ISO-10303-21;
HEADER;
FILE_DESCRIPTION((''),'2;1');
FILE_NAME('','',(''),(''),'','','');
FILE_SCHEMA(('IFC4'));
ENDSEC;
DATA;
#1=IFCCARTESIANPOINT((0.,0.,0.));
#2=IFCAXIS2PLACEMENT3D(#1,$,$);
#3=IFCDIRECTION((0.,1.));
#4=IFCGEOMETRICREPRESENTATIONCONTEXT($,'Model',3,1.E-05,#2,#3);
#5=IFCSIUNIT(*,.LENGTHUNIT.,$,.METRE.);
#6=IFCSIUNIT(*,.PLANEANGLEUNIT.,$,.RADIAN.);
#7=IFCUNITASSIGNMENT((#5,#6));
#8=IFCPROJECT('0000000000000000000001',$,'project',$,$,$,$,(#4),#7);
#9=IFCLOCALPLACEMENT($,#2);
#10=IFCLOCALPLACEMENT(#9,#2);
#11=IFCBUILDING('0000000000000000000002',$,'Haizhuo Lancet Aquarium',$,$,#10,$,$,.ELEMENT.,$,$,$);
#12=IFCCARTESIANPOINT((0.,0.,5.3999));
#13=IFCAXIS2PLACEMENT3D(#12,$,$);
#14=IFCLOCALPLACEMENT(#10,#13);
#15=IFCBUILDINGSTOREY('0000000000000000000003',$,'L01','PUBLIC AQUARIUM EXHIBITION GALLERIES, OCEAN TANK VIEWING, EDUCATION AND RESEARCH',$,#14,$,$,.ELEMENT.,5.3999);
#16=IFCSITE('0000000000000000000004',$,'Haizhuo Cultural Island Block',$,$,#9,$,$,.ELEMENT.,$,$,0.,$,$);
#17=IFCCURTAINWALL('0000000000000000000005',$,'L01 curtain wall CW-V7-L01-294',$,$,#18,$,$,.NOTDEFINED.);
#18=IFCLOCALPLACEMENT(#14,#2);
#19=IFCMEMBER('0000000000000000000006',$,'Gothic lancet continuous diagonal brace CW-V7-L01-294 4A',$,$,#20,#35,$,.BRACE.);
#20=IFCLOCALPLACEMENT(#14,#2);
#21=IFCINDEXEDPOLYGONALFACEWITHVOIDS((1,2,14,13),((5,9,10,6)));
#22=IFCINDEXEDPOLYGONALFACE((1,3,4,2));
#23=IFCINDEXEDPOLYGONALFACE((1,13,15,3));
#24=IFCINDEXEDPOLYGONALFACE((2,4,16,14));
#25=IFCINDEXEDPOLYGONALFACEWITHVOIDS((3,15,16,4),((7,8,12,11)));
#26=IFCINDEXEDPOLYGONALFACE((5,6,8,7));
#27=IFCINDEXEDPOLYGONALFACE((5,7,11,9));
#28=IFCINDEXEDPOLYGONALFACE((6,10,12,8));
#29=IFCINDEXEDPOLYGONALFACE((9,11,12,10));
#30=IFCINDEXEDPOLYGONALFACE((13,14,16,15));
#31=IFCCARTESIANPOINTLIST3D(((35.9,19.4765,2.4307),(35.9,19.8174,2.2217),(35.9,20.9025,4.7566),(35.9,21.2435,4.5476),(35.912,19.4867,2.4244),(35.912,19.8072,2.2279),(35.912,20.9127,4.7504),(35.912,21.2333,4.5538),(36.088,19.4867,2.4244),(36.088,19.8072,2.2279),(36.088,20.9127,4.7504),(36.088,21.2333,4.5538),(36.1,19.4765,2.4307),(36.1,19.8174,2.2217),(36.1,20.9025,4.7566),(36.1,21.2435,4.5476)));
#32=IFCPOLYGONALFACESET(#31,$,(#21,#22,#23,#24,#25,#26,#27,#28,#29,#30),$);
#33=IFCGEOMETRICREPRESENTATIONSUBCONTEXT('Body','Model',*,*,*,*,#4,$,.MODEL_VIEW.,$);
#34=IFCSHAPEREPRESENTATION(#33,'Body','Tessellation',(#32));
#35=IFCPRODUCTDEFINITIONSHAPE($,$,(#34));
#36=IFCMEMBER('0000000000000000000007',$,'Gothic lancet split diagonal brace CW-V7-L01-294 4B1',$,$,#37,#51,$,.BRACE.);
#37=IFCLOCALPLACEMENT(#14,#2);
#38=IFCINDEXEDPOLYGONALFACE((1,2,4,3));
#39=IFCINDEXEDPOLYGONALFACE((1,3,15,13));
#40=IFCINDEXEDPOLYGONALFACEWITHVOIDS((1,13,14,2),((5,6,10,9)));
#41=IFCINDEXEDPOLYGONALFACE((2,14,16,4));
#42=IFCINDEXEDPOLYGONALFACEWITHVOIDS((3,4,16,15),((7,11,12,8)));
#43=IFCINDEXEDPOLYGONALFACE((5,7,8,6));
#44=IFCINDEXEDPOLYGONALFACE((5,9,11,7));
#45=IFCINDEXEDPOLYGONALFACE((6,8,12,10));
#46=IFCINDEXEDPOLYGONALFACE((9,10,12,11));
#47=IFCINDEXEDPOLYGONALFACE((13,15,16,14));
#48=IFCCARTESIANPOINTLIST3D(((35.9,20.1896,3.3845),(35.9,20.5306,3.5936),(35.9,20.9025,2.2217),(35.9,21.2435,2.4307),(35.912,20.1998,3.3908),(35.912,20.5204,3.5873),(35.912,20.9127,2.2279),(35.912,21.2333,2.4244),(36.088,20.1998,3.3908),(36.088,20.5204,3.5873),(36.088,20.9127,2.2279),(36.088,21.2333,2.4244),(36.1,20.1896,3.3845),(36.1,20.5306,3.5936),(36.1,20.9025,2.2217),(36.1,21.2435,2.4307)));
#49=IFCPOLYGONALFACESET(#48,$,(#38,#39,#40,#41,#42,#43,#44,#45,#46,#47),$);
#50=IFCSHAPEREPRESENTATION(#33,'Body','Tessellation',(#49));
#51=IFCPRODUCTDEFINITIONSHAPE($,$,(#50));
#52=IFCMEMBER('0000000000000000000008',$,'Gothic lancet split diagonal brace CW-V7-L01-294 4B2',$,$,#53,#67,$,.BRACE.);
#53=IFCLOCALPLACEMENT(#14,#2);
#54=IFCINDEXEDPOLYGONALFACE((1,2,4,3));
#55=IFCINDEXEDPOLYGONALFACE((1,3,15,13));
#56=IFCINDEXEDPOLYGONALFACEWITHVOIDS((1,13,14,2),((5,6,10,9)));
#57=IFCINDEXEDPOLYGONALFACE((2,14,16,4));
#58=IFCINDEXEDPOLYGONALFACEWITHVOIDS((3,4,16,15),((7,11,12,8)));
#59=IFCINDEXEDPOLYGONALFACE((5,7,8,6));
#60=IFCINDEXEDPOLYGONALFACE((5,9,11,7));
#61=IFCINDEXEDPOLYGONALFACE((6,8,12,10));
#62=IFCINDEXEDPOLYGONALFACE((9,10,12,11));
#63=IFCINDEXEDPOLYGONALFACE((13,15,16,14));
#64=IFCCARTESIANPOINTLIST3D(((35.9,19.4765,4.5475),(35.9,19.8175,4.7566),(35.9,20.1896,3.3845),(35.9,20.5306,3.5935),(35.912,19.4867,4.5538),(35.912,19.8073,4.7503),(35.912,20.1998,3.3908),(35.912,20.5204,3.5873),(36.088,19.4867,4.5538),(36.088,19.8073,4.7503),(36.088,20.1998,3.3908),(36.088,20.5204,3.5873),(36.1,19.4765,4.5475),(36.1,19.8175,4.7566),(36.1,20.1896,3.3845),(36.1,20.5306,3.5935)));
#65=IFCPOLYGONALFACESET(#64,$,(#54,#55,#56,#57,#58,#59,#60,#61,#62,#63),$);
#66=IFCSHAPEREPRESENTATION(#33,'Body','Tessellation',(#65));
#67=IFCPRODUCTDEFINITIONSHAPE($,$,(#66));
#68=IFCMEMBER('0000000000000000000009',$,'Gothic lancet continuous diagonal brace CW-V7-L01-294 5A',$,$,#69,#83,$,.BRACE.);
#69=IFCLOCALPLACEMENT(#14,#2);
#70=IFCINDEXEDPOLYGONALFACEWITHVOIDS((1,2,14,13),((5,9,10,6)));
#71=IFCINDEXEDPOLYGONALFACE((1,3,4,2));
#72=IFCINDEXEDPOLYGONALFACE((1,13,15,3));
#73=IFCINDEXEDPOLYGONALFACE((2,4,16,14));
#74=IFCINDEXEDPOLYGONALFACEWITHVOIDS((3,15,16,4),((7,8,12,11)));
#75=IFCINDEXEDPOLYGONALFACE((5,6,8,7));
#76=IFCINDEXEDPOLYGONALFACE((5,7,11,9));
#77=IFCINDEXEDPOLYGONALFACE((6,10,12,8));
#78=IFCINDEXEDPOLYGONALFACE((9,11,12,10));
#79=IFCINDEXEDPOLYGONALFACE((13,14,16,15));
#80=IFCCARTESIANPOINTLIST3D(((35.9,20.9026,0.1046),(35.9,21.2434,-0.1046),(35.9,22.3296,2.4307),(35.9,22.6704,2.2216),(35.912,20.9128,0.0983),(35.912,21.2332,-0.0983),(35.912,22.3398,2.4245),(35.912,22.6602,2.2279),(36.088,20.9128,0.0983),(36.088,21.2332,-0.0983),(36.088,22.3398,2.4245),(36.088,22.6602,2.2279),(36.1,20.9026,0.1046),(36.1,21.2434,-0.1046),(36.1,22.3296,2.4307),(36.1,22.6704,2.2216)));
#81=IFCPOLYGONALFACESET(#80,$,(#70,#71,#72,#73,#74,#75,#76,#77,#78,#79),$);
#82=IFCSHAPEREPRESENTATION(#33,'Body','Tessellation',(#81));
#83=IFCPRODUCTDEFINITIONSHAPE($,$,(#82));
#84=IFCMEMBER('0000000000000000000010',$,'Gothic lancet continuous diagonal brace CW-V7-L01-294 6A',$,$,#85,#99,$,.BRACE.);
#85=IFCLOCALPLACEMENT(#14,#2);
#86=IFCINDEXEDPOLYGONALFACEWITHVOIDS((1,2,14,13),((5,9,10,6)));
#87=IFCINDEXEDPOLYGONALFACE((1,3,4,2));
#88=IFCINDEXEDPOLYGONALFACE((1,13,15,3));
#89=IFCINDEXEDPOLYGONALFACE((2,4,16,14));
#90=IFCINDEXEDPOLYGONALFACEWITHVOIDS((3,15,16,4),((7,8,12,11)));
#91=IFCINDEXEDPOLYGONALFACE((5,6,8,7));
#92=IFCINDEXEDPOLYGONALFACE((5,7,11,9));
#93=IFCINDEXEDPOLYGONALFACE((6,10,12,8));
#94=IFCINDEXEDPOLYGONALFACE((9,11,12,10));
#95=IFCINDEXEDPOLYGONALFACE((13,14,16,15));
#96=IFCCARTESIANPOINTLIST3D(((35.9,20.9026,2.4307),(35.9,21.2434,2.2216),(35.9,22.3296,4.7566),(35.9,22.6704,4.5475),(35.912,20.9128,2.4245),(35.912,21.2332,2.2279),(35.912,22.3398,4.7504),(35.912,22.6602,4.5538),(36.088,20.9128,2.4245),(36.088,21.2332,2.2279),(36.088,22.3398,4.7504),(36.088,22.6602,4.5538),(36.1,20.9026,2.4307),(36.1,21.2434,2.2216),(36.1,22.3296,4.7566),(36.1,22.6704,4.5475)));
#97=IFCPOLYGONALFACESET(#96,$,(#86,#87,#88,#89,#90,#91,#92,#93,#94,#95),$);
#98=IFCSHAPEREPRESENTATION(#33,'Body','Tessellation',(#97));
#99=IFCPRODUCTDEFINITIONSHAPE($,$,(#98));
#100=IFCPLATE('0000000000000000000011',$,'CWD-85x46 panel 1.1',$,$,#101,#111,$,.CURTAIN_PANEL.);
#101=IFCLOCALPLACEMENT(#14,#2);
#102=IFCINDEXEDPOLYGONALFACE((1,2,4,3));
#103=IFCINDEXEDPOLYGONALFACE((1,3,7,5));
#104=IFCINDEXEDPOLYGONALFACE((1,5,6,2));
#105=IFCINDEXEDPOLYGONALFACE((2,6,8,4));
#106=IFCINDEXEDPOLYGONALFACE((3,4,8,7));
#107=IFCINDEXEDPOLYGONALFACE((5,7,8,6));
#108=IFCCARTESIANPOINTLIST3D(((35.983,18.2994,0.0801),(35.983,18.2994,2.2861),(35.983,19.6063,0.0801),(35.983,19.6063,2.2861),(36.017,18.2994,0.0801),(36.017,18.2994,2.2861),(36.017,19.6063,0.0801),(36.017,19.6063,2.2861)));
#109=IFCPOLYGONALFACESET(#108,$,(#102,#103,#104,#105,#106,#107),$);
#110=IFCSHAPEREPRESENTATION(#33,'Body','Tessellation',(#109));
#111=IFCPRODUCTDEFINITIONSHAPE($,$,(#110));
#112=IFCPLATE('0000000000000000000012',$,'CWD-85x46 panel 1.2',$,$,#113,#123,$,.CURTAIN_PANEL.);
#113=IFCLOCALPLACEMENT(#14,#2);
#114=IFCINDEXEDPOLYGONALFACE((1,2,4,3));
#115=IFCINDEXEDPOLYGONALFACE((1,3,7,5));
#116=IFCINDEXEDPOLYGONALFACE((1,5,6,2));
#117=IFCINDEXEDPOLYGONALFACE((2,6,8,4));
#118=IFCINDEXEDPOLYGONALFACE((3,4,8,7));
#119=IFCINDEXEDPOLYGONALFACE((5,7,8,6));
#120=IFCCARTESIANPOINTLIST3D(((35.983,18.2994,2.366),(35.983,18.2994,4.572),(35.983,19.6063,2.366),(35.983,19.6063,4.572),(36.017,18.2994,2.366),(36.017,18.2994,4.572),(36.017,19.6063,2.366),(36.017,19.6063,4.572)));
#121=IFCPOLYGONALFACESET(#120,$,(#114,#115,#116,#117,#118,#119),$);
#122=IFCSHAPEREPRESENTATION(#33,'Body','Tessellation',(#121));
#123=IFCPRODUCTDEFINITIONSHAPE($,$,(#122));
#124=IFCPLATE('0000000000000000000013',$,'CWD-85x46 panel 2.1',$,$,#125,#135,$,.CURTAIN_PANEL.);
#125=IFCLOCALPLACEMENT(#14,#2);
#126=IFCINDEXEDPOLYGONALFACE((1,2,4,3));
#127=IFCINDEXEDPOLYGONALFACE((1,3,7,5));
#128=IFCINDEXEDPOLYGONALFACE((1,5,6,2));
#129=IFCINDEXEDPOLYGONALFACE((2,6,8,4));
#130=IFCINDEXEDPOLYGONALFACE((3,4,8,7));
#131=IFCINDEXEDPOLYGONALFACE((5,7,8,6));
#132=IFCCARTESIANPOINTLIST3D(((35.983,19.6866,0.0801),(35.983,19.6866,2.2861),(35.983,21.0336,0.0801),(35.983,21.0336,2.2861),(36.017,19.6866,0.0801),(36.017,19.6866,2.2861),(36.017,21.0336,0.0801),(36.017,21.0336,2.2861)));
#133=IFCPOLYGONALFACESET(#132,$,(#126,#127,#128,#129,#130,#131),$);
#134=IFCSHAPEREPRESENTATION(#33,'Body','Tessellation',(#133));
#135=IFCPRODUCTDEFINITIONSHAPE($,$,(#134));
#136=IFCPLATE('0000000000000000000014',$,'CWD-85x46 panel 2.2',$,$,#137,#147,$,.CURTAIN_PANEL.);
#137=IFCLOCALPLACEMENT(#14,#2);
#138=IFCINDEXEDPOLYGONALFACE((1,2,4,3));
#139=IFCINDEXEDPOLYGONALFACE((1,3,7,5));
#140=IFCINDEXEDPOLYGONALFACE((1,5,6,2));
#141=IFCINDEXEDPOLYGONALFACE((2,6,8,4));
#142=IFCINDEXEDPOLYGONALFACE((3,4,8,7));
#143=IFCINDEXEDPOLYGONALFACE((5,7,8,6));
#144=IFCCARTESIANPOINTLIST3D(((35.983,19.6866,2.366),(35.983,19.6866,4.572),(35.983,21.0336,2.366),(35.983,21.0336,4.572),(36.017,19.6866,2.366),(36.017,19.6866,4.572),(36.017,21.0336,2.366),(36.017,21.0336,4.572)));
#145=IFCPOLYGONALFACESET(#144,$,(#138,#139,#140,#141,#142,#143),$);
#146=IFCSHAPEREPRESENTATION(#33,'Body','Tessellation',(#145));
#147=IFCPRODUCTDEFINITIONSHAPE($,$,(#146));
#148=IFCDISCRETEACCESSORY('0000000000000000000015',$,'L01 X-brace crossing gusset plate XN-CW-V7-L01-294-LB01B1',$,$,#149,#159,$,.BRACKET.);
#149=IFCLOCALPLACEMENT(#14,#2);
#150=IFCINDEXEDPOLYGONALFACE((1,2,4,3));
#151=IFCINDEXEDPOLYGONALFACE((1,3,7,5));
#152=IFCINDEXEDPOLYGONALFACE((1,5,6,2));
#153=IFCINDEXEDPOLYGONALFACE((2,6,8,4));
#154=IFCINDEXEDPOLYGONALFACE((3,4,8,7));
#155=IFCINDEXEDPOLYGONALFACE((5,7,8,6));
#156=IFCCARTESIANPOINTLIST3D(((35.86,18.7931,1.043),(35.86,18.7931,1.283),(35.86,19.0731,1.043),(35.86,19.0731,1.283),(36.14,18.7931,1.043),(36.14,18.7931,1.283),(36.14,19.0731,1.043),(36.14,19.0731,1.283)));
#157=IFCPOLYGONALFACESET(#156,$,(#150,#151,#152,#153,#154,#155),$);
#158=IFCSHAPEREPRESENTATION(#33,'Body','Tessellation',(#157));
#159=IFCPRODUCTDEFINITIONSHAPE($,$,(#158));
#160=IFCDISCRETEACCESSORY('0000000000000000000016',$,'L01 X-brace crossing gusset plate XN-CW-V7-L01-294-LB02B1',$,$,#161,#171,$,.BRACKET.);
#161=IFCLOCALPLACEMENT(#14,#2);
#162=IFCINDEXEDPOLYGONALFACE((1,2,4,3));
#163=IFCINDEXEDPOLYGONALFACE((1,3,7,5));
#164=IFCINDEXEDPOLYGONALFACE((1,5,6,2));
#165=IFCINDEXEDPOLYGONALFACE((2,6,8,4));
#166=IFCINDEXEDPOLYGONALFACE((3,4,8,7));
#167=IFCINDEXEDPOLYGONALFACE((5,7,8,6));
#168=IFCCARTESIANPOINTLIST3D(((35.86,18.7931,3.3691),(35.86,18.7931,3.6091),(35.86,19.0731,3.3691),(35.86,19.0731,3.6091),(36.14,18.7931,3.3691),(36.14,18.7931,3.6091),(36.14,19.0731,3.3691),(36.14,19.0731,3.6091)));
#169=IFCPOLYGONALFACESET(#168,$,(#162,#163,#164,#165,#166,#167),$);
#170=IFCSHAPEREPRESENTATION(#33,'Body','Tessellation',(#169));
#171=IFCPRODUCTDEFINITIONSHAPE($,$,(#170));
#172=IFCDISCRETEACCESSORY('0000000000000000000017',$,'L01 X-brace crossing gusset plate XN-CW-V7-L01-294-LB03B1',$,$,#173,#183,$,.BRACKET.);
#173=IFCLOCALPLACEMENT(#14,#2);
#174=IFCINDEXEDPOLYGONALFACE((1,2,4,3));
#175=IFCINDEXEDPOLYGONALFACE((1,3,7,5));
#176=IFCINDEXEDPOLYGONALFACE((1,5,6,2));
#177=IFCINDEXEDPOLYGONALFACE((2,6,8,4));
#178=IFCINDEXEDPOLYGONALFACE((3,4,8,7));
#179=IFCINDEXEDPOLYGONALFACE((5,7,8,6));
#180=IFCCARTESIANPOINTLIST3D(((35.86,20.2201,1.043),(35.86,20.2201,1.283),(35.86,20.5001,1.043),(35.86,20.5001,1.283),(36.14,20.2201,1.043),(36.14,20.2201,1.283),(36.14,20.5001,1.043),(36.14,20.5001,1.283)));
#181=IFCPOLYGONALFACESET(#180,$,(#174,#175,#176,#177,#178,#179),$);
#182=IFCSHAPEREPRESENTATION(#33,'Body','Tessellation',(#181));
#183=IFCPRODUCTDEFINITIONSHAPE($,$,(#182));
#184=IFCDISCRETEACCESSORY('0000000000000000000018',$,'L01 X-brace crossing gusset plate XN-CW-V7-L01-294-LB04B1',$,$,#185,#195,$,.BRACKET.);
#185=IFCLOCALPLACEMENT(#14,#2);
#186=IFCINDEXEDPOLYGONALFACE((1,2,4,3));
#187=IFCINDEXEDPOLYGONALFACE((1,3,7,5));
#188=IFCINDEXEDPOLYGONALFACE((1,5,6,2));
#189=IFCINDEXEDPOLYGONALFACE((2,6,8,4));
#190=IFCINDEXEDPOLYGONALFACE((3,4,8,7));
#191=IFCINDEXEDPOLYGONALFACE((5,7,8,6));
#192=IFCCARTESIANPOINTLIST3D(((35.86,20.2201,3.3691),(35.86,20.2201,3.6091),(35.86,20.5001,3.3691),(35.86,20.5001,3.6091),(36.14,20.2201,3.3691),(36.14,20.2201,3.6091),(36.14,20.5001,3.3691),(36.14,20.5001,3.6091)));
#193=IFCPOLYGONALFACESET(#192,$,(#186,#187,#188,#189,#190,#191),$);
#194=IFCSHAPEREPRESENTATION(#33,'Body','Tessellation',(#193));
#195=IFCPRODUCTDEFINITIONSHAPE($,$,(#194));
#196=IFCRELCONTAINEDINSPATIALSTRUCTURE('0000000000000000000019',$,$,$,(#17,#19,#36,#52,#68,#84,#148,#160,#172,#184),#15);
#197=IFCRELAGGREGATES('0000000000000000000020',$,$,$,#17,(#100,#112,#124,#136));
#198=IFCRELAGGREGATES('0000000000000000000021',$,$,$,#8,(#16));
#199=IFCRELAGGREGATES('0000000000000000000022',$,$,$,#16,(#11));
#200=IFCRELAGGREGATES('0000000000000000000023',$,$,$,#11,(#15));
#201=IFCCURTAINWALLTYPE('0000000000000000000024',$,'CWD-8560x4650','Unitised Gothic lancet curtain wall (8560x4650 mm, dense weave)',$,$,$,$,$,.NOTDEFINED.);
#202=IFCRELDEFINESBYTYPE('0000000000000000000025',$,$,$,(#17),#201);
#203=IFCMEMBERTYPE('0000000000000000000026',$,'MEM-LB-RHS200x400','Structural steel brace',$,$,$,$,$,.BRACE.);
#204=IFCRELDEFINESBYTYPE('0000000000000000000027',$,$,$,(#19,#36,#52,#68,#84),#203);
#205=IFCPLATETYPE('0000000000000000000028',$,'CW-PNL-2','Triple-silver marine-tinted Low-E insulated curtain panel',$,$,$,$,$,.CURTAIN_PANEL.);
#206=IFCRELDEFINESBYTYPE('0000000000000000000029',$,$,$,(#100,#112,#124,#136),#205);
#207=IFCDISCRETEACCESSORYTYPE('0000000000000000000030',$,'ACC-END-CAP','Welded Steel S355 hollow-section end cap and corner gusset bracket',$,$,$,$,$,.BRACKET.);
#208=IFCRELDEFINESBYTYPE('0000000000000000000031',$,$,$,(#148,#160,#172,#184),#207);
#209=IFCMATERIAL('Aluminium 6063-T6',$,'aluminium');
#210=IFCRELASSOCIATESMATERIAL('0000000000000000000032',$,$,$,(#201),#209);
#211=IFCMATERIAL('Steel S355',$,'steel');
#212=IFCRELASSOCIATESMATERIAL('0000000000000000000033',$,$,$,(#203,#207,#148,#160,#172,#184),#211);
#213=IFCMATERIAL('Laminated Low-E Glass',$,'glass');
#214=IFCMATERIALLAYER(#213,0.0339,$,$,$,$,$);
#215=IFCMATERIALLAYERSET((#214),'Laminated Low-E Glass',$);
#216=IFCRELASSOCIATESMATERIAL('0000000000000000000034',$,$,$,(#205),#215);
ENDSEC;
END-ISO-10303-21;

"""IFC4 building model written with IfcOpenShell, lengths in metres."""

from ifc_helpers import new_model, si_unit, direction, frame, origin, origin_2d, place, context, subcontext, project, spatial, rectangle, hollow_rectangle, extrude, material, layer, layer_set, material_profile, profile_set, type_object, element, aggregate, save


model = new_model("IFC4")

# Units and contexts
model_context = context("Model", 3, precision=1e-05, world=origin(), true_north=direction((0.0, 1.0)))
body_context = subcontext(model_context, "Body", "Model", "MODEL_VIEW")
ifc_project = project(units=[si_unit("LENGTHUNIT", "METRE"), si_unit("PLANEANGLEUNIT", "RADIAN")], contexts=[model_context])

# Site, building, storey
site_placement = place(None, origin())
site = spatial("IfcSite", under=ifc_project, at=site_placement, Name="Haizhuo Cultural Island Block", CompositionType="ELEMENT", RefElevation=0.0)
building_placement = place(site_placement, origin())
building = spatial("IfcBuilding", under=site, at=building_placement, Name="Haizhuo Lancet Aquarium", CompositionType="ELEMENT")
storey_placement = place(building_placement, frame((0.0, 0.0, 5.3999)))
storey = spatial("IfcBuildingStorey", under=building, at=storey_placement, Name="L01", Description="PUBLIC AQUARIUM EXHIBITION GALLERIES, OCEAN TANK VIEWING, EDUCATION AND RESEARCH", CompositionType="ELEMENT", Elevation=5.3999)

# Curtain wall
ifc_material_1 = material(Name="Aluminium 6063-T6", Category="aluminium")
curtain_wall_type = type_object("IfcCurtainWallType", Name="CWD-8560x4650", Description="Unitised Gothic lancet curtain wall (8560x4650 mm, dense weave)", PredefinedType="NOTDEFINED", material=ifc_material_1)
curtain_wall_placement = place(storey_placement, origin())
curtain_wall = element("IfcCurtainWall", 1, at=curtain_wall_placement, inside=storey, type_object=curtain_wall_type, Name="L01 curtain wall CW-V7-L01-294", PredefinedType="NOTDEFINED")

# Members
ifc_material_2 = material(Name="Steel S355", Category="steel")
ifc_material_profile_1 = material_profile(ifc_material_2, hollow_rectangle(XDim=0.2, YDim=0.3999, WallThickness=0.012, at=origin_2d()), Name="RHS 200x400x12")
ifc_profile_set_1 = profile_set([ifc_material_profile_1], Name="Steel S355")
member_type_1 = type_object("IfcMemberType", Name="MEM-LB-RHS200x400", Description="Structural steel brace", PredefinedType="BRACE", material=ifc_profile_set_1)
member_1_placement = place(storey_placement, frame((36.0, 19.647, 2.3262), z_axis=(0.0, 0.522684, 0.852527), x_axis=(-1.0, 0.0, 0.0)))
element("IfcMember", 2, at=member_1_placement, inside=storey, type_object=member_type_1, Name="Gothic lancet continuous diagonal brace CW-V7-L01-294 4A", PredefinedType="BRACE", context=body_context, shape_type="SweptSolid", body=[
    extrude(hollow_rectangle(XDim=0.2, YDim=0.3999, WallThickness=0.012, at=origin_2d()), origin(), (0.0, 0.0, 1.0), 2.7283),
])
member_2_placement = place(storey_placement, frame((36.0, 21.073, 2.3262), z_axis=(0.0, -0.522659, 0.852542), x_axis=(1.0, 0.0, 0.0)))
element("IfcMember", 3, at=member_2_placement, inside=storey, type_object=member_type_1, Name="Gothic lancet split diagonal brace CW-V7-L01-294 4B1", PredefinedType="BRACE", context=body_context, shape_type="SweptSolid", body=[
    extrude(hollow_rectangle(XDim=0.2, YDim=0.3999, WallThickness=0.012, at=origin_2d()), origin(), (0.0, 0.0, 1.0), 1.364),
])
member_3_placement = place(storey_placement, frame((36.0, 20.3601, 3.489), z_axis=(0.0, -0.522709, 0.852511), x_axis=(1.0, 0.0, 0.0)))
element("IfcMember", 4, at=member_3_placement, inside=storey, type_object=member_type_1, Name="Gothic lancet split diagonal brace CW-V7-L01-294 4B2", PredefinedType="BRACE", context=body_context, shape_type="SweptSolid", body=[
    extrude(hollow_rectangle(XDim=0.2, YDim=0.3999, WallThickness=0.012, at=origin_2d()), origin(), (0.0, 0.0, 1.0), 1.3643),
])
member_4_placement = place(storey_placement, frame((36.0, 21.073, 0.0), z_axis=(0.0, 0.522904, 0.852392), x_axis=(-1.0, 0.0, 0.0)))
element("IfcMember", 5, at=member_4_placement, inside=storey, type_object=member_type_1, Name="Gothic lancet continuous diagonal brace CW-V7-L01-294 5A", PredefinedType="BRACE", context=body_context, shape_type="SweptSolid", body=[
    extrude(hollow_rectangle(XDim=0.2, YDim=0.3999, WallThickness=0.012, at=origin_2d()), origin(), (0.0, 0.0, 1.0), 2.729),
])
member_5_placement = place(storey_placement, frame((36.0, 21.073, 2.3262), z_axis=(0.0, 0.522944, 0.852367), x_axis=(-1.0, 0.0, 0.0)))
element("IfcMember", 6, at=member_5_placement, inside=storey, type_object=member_type_1, Name="Gothic lancet continuous diagonal brace CW-V7-L01-294 6A", PredefinedType="BRACE", context=body_context, shape_type="SweptSolid", body=[
    extrude(hollow_rectangle(XDim=0.2, YDim=0.3999, WallThickness=0.012, at=origin_2d()), origin(), (0.0, 0.0, 1.0), 2.7288),
])

# Plates
ifc_material_3 = material(Name="Laminated Low-E Glass", Category="glass")
ifc_layer = layer(ifc_material_3, 0.0339)
ifc_layer_set = layer_set([ifc_layer], Name="Laminated Low-E Glass")
plate_type = type_object("IfcPlateType", Name="CW-PNL-2", Description="Triple-silver marine-tinted Low-E insulated curtain panel", PredefinedType="CURTAIN_PANEL", material=ifc_layer_set)
plate_1_placement = place(storey_placement, frame((36.0, 18.9529, 0.0801), z_axis=(0.0, 0.0, 1.0), x_axis=(0.0, 1.0, 0.0)))
plate_1 = element("IfcPlate", 7, at=plate_1_placement, type_object=plate_type, Name="CWD-85x46 panel 1.1", PredefinedType="CURTAIN_PANEL", context=body_context, shape_type="SweptSolid", body=[
    extrude(rectangle(XDim=1.3069, YDim=0.0339, at=origin_2d()), origin(), (0.0, 0.0, 1.0), 2.2061),
])
plate_2_placement = place(storey_placement, frame((36.0, 18.9529, 2.366), z_axis=(0.0, 0.0, 1.0), x_axis=(0.0, 1.0, 0.0)))
plate_2 = element("IfcPlate", 8, at=plate_2_placement, type_object=plate_type, Name="CWD-85x46 panel 1.2", PredefinedType="CURTAIN_PANEL", context=body_context, shape_type="SweptSolid", body=[
    extrude(rectangle(XDim=1.3069, YDim=0.0339, at=origin_2d()), origin(), (0.0, 0.0, 1.0), 2.2061),
])
plate_3_placement = place(storey_placement, frame((36.0, 20.3601, 0.0801), z_axis=(0.0, 0.0, 1.0), x_axis=(0.0, 1.0, 0.0)))
plate_3 = element("IfcPlate", 9, at=plate_3_placement, type_object=plate_type, Name="CWD-85x46 panel 2.1", PredefinedType="CURTAIN_PANEL", context=body_context, shape_type="SweptSolid", body=[
    extrude(rectangle(XDim=1.3469, YDim=0.0339, at=origin_2d()), origin(), (0.0, 0.0, 1.0), 2.2061),
])
plate_4_placement = place(storey_placement, frame((36.0, 20.3601, 2.366), z_axis=(0.0, 0.0, 1.0), x_axis=(0.0, 1.0, 0.0)))
plate_4 = element("IfcPlate", 10, at=plate_4_placement, type_object=plate_type, Name="CWD-85x46 panel 2.2", PredefinedType="CURTAIN_PANEL", context=body_context, shape_type="SweptSolid", body=[
    extrude(rectangle(XDim=1.3469, YDim=0.0339, at=origin_2d()), origin(), (0.0, 0.0, 1.0), 2.2061),
])
aggregate(curtain_wall, [plate_1, plate_2, plate_3, plate_4])

# Discrete accessories
discrete_accessory_type = type_object("IfcDiscreteAccessoryType", Name="ACC-END-CAP", Description="Welded Steel S355 hollow-section end cap and corner gusset bracket", PredefinedType="BRACKET", material=ifc_material_2)
for number, where, z_axis, x_axis, name in (
    (11, (36.0, 18.9331, 1.043), (0.0, 0.0, 1.0), (1.0, 0.0, 0.0), "L01 X-brace crossing gusset plate XN-CW-V7-L01-294-LB01B1"),
    (12, (36.0, 18.9331, 3.3691), (0.0, 0.0, 1.0), (1.0, 0.0, 0.0), "L01 X-brace crossing gusset plate XN-CW-V7-L01-294-LB02B1"),
    (13, (36.0, 20.3601, 1.043), (0.0, 0.0, 1.0), (1.0, 0.0, 0.0), "L01 X-brace crossing gusset plate XN-CW-V7-L01-294-LB03B1"),
    (14, (36.0, 20.3601, 3.3691), (0.0, 0.0, 1.0), (1.0, 0.0, 0.0), "L01 X-brace crossing gusset plate XN-CW-V7-L01-294-LB04B1"),
):
    element("IfcDiscreteAccessory", number, at=place(storey_placement, frame(where, z_axis=z_axis, x_axis=x_axis)), inside=storey, type_object=discrete_accessory_type, material=ifc_material_2, Name=name, PredefinedType="BRACKET", context=body_context, shape_type="SweptSolid", body=[
        extrude(rectangle(XDim=0.28, YDim=0.28, at=origin_2d()), origin(), (0.0, 0.0, 1.0), 0.24),
    ])

save(model, "model.ifc")
